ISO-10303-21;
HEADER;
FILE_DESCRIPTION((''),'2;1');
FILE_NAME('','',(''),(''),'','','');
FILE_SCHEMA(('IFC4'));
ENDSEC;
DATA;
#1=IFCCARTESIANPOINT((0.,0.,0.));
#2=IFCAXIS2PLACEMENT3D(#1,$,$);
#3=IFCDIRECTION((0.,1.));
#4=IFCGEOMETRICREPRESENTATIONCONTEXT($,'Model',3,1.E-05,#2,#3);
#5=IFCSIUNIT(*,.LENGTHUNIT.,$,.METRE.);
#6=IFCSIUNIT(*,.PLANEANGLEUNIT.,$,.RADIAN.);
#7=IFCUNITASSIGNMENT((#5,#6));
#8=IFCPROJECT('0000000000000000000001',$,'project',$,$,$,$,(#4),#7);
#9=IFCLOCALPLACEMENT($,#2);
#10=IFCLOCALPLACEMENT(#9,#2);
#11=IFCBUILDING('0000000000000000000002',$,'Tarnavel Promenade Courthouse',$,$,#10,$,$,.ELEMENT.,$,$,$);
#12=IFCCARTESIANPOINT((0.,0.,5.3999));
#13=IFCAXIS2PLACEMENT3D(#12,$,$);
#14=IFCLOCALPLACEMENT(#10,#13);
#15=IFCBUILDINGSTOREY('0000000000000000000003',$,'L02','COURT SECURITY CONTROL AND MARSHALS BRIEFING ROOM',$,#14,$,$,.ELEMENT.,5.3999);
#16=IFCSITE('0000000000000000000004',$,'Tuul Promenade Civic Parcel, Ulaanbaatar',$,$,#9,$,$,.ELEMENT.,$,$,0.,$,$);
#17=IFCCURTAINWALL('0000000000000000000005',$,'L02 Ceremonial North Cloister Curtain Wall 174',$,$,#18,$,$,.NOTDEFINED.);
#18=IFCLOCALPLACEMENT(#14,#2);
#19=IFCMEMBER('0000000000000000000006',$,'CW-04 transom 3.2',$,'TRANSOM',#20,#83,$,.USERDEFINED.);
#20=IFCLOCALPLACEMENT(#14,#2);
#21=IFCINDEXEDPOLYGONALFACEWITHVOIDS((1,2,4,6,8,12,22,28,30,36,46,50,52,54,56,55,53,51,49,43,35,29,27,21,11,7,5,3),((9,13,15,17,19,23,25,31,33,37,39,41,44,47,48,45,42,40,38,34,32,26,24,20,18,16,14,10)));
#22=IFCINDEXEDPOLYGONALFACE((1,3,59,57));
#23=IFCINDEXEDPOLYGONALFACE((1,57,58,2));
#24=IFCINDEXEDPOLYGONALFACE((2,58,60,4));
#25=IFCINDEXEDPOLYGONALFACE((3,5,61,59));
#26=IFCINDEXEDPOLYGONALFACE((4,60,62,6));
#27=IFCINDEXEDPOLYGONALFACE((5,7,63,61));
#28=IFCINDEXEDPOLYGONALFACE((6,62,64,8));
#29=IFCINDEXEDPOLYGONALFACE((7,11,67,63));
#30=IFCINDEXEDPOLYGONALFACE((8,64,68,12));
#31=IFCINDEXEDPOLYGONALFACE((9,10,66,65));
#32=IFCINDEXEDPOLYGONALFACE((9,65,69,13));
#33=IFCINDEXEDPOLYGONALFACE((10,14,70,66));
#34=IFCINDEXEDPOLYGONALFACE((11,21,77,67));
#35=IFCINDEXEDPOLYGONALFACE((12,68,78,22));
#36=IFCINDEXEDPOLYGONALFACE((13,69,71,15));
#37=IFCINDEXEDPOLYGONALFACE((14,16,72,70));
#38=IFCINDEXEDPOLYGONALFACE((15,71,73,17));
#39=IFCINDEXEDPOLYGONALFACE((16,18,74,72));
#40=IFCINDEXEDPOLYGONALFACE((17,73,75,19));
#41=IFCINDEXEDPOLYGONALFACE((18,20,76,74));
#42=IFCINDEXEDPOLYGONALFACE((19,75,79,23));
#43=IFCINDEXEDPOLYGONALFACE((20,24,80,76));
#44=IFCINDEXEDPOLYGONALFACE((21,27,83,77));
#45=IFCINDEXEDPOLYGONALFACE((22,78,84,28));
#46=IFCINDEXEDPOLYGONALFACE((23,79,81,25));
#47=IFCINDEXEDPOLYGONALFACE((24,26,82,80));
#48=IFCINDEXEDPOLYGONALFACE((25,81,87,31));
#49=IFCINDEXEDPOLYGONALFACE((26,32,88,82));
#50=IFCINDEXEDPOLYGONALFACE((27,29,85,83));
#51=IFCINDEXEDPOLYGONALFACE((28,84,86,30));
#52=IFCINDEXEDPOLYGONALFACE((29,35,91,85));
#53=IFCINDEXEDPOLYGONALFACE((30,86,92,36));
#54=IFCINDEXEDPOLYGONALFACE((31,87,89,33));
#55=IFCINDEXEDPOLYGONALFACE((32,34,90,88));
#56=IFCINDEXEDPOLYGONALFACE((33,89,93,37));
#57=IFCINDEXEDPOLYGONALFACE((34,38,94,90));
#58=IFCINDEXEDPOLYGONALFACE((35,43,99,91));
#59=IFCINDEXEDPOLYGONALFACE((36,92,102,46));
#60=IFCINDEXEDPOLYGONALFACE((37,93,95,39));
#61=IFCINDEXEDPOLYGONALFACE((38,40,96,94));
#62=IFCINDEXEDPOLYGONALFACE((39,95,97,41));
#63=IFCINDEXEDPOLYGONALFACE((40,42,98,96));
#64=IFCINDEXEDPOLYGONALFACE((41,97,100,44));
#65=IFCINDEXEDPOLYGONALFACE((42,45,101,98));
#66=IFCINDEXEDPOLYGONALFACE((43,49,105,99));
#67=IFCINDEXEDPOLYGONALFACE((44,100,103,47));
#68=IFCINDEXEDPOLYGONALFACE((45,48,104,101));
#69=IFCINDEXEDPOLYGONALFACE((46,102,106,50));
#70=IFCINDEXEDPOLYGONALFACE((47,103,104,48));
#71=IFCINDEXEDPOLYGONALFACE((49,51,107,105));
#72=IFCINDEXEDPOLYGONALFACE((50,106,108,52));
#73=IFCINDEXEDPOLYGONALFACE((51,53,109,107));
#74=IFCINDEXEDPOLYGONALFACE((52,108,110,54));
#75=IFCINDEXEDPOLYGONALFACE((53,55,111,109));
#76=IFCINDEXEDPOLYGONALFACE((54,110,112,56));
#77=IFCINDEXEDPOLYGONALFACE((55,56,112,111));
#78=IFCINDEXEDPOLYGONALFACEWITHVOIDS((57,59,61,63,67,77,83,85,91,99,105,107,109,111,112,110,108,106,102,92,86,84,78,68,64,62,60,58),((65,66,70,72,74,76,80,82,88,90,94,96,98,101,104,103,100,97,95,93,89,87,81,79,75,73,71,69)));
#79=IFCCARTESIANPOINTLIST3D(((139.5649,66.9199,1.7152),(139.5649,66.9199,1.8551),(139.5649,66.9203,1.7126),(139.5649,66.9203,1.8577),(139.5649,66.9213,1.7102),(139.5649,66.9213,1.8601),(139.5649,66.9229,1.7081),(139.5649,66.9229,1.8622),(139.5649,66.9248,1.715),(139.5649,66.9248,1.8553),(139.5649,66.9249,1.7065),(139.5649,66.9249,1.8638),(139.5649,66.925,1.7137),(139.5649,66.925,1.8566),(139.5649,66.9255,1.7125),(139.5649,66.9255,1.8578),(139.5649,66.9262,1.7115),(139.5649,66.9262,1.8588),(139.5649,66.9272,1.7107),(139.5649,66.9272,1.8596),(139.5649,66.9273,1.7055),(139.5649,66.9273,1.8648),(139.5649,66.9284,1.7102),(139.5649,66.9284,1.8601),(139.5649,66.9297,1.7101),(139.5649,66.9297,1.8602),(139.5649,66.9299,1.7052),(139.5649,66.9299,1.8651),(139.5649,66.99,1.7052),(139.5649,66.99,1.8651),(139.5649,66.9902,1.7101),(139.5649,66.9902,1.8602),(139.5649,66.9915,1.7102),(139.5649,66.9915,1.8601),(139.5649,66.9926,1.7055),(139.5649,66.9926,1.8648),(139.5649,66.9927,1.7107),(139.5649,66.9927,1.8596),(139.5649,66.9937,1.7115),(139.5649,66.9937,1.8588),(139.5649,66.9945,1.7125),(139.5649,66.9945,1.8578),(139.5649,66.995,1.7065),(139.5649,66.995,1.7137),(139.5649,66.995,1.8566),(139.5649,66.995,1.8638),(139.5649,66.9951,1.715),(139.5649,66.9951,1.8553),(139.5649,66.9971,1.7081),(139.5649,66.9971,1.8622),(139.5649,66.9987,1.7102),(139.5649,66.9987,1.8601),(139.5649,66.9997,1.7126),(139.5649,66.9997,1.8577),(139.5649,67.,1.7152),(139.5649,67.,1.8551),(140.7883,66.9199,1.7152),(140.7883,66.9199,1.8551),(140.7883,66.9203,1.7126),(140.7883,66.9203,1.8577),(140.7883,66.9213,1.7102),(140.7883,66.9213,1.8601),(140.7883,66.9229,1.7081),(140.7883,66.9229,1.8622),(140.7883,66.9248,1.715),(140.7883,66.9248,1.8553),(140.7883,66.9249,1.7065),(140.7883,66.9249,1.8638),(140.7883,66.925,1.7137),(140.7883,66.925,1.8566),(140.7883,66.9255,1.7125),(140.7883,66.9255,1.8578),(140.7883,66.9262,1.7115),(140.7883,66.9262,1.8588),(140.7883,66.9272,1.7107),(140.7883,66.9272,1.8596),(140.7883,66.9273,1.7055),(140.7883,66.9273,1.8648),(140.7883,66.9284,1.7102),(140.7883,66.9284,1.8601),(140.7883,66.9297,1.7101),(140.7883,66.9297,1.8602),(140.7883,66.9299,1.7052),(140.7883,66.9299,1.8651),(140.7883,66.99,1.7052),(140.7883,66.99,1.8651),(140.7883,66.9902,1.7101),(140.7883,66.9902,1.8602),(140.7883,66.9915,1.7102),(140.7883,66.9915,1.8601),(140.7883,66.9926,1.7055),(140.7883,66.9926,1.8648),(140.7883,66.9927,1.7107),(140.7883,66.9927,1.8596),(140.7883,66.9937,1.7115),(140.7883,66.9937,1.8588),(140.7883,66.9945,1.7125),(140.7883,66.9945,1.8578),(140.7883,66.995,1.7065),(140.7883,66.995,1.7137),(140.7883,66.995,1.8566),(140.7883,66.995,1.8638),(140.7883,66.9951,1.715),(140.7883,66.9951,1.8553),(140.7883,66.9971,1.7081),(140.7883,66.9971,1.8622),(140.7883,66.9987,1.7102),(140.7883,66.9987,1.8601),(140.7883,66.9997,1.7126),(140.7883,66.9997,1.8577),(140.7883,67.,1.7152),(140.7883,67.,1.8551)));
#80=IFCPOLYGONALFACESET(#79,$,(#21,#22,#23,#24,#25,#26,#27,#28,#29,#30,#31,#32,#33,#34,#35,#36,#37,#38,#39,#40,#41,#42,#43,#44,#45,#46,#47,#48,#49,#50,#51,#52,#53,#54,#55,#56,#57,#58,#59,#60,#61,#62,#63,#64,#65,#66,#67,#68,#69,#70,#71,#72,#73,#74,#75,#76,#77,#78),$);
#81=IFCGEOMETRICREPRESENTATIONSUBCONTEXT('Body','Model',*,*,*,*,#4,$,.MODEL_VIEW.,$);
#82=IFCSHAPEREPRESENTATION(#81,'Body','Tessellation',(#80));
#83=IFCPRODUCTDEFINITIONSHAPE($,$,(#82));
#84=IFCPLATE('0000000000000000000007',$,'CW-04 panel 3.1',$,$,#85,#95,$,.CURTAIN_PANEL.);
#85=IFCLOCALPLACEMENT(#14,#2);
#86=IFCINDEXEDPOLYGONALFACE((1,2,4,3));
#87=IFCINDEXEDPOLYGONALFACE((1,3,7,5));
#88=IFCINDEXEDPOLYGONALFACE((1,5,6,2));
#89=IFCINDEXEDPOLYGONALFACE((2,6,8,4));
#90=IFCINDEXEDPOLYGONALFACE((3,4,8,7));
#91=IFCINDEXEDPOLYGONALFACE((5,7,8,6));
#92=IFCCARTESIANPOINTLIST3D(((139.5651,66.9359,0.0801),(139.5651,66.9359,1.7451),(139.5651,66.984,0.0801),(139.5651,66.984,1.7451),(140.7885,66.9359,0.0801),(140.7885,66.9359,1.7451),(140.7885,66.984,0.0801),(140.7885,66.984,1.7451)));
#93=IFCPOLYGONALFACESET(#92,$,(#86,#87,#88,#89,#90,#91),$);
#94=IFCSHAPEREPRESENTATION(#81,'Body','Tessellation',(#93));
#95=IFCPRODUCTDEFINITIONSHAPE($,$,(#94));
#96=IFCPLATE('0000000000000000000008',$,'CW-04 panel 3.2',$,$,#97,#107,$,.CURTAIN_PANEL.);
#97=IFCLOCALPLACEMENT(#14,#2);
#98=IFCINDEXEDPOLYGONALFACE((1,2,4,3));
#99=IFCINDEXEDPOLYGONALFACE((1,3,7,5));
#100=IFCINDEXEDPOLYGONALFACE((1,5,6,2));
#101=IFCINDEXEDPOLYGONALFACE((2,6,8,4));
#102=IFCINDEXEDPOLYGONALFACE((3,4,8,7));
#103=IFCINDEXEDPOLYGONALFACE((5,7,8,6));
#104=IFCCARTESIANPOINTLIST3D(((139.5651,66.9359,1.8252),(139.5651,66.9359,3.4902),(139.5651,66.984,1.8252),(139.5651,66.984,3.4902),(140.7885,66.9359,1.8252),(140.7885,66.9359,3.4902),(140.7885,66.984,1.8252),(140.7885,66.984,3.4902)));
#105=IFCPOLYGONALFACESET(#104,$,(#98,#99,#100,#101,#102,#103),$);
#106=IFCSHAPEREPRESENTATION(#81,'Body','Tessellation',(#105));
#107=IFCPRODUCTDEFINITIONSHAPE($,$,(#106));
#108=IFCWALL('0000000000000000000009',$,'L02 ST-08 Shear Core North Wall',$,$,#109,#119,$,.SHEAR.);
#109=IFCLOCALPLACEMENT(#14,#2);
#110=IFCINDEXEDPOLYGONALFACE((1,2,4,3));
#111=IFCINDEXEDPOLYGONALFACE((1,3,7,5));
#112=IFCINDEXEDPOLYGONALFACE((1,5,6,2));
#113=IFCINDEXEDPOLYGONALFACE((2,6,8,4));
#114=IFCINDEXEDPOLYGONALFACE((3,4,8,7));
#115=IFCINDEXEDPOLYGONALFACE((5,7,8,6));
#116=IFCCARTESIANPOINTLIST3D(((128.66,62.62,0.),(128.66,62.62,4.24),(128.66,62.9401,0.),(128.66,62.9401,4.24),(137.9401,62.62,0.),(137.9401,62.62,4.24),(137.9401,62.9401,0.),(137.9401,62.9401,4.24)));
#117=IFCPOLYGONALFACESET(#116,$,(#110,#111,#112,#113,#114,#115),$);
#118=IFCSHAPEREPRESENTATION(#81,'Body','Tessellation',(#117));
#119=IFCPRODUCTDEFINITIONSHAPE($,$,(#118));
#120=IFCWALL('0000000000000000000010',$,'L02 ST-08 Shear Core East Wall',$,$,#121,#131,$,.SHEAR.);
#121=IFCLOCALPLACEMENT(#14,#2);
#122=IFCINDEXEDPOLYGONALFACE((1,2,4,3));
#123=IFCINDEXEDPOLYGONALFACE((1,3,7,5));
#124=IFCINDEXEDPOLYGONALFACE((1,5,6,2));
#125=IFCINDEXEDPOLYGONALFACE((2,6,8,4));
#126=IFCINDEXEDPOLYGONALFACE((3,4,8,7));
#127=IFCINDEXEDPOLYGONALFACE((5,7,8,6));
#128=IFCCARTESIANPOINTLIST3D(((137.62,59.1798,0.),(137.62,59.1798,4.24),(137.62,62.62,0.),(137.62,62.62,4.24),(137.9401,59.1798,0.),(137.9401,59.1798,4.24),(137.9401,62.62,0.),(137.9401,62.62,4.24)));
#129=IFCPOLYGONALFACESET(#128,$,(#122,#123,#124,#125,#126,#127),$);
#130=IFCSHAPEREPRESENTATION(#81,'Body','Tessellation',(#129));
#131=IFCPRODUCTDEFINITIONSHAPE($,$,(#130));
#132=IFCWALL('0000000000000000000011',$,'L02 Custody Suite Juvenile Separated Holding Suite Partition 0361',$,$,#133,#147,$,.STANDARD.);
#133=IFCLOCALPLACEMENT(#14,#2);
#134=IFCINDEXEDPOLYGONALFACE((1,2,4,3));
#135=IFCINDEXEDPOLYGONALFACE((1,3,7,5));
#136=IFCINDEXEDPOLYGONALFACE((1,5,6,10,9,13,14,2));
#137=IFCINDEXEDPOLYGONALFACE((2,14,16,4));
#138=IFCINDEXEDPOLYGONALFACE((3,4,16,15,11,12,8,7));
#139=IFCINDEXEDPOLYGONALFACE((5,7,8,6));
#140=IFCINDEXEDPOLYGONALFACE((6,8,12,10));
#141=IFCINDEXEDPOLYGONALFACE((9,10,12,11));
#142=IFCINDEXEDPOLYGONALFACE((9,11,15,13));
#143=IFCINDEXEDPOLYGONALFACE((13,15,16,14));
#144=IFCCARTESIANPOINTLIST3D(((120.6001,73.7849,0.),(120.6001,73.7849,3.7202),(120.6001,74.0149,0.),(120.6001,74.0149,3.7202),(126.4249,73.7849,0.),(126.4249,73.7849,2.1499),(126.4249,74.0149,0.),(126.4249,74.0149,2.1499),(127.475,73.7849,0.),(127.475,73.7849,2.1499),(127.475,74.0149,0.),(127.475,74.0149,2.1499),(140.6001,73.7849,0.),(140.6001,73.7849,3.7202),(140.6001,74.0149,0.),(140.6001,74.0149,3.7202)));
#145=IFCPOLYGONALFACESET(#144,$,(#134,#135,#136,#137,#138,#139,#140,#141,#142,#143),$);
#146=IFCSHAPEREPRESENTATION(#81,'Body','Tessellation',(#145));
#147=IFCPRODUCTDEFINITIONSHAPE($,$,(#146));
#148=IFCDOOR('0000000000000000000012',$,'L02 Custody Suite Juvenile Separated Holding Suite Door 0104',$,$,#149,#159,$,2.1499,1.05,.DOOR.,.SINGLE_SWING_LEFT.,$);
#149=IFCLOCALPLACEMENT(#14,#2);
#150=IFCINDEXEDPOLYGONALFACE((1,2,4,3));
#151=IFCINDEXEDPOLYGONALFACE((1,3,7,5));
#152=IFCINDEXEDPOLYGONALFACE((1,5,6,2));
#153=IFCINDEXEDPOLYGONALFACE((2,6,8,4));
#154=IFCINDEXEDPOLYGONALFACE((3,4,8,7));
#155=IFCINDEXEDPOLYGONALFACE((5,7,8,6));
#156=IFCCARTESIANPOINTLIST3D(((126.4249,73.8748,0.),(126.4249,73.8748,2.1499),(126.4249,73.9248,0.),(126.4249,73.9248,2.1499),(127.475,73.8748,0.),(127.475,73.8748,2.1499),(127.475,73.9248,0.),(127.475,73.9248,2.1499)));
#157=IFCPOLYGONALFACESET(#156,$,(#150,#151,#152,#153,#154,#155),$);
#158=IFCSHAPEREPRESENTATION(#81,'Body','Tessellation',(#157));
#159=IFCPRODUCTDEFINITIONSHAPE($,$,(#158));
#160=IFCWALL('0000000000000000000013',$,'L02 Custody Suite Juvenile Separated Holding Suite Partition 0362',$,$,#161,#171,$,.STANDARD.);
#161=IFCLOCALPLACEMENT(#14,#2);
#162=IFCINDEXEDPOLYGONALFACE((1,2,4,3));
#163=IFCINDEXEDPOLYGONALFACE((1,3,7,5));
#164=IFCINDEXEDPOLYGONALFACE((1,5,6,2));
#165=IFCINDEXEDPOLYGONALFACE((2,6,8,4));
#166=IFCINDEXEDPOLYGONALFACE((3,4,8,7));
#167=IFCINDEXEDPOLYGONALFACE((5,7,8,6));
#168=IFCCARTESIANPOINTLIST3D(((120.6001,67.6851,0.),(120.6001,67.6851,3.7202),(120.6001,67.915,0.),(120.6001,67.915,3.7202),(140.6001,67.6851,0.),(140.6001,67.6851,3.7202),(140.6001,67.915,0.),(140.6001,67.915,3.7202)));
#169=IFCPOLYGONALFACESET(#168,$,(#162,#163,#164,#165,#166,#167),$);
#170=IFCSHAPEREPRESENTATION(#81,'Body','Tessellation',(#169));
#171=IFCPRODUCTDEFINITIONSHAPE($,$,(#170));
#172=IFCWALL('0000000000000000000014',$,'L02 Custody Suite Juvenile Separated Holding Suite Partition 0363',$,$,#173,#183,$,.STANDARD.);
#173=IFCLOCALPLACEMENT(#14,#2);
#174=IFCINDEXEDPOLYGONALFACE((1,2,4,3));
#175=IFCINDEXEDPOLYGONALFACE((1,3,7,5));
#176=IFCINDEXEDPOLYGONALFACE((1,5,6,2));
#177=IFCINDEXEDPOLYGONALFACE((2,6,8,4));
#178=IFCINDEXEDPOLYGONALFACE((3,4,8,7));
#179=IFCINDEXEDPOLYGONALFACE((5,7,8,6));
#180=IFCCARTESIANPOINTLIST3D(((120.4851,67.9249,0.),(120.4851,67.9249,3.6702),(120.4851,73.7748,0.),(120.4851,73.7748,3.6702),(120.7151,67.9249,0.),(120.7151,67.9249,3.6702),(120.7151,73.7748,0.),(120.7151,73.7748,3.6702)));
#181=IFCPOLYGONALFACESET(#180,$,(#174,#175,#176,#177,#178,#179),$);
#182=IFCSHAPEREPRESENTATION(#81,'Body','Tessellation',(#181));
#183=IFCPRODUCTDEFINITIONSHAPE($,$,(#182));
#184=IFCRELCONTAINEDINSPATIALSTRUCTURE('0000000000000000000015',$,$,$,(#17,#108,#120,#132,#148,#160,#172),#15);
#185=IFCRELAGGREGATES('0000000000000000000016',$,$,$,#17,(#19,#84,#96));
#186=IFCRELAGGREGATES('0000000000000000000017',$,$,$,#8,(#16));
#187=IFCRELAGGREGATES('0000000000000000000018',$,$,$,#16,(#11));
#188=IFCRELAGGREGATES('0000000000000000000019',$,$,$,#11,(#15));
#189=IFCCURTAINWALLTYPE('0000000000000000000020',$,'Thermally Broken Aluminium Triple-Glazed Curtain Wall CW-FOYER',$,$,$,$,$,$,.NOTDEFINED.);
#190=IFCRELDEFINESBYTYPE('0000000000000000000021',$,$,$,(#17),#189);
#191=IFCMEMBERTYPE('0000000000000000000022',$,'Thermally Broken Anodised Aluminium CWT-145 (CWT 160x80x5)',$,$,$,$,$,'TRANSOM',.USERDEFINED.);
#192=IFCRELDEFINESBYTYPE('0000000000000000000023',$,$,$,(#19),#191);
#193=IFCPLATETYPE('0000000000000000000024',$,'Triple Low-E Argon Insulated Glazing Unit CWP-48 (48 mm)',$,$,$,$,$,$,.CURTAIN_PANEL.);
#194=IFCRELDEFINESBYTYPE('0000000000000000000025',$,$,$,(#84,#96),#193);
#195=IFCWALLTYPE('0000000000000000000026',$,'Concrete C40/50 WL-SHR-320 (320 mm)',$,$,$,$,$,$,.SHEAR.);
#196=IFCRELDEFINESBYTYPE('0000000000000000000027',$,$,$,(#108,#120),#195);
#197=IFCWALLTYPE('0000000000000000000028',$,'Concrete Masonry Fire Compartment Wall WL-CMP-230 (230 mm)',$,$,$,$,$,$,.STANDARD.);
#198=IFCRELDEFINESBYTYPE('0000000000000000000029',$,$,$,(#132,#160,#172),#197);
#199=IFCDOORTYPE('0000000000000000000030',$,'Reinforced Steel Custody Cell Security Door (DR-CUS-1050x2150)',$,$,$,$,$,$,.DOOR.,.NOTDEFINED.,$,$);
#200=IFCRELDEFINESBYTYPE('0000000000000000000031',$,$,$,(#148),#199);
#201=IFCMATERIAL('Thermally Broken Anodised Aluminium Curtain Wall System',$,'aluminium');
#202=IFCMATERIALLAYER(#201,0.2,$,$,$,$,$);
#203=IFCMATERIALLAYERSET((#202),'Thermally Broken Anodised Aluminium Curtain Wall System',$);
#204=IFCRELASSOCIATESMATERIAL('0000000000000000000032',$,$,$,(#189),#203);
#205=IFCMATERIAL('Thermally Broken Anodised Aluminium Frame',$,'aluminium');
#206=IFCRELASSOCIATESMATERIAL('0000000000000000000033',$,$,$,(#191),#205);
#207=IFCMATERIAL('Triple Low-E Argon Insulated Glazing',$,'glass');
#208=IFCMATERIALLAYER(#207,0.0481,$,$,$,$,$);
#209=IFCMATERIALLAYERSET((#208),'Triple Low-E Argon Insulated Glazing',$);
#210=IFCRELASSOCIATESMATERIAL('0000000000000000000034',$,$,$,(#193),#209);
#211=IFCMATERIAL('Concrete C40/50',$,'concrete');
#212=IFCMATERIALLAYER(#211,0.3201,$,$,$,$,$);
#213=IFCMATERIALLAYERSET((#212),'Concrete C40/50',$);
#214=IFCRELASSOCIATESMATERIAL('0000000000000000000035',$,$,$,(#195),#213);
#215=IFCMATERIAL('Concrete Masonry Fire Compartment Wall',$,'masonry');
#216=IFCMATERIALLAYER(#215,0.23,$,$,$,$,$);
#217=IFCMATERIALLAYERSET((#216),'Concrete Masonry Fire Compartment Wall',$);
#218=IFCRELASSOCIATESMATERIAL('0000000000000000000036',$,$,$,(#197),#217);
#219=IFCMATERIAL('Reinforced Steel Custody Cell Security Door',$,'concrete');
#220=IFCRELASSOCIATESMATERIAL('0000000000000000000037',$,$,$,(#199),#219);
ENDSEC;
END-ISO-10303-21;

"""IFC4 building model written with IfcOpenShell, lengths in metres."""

from ifc_helpers import new_model, si_unit, direction, frame, frame_2d, origin, origin_2d, place, context, subcontext, project, spatial, rectangle, hollow_rectangle, extrude, material, layer, layer_set, material_profile, profile_set, type_object, element, fill, aggregate, save


model = new_model("IFC4")

# Units and contexts
model_context = context("Model", 3, precision=1e-05, world=origin(), true_north=direction((0.0, 1.0)))
body_context = subcontext(model_context, "Body", "Model", "MODEL_VIEW")
ifc_project = project(units=[si_unit("LENGTHUNIT", "METRE"), si_unit("PLANEANGLEUNIT", "RADIAN")], contexts=[model_context])

# Site, building, storey
site_placement = place(None, origin())
site = spatial("IfcSite", under=ifc_project, at=site_placement, Name="Tuul Promenade Civic Parcel, Ulaanbaatar", CompositionType="ELEMENT", RefElevation=0.0)
building_placement = place(site_placement, origin())
building = spatial("IfcBuilding", under=site, at=building_placement, Name="Tarnavel Promenade Courthouse", CompositionType="ELEMENT")
storey_placement = place(building_placement, frame((0.0, 0.0, 5.3999)))
storey = spatial("IfcBuildingStorey", under=building, at=storey_placement, Name="L02", Description="COURT SECURITY CONTROL AND MARSHALS BRIEFING ROOM", CompositionType="ELEMENT", Elevation=5.3999)

# Shared definitions
ifc_material_1 = material(Name="Concrete C40/50", Category="concrete")

# Shared definitions
ifc_material_2 = material(Name="Thermally Broken Anodised Aluminium Curtain Wall System", Category="aluminium")
ifc_material_3 = material(Name="Thermally Broken Anodised Aluminium Frame", Category="aluminium")

# Curtain wall, member, plates
ifc_layer_1 = layer(ifc_material_2, 0.2)
ifc_layer_set_1 = layer_set([ifc_layer_1], Name="Thermally Broken Anodised Aluminium Curtain Wall System")
curtain_wall_type_1 = type_object("IfcCurtainWallType", Name="Thermally Broken Aluminium Triple-Glazed Curtain Wall CW-FOYER", PredefinedType="NOTDEFINED", material=ifc_layer_set_1)
curtain_wall_1_placement = place(storey_placement, origin())
curtain_wall_1 = element("IfcCurtainWall", 1, at=curtain_wall_1_placement, inside=storey, type_object=curtain_wall_type_1, Name="L02 Ceremonial North Cloister Curtain Wall 174", PredefinedType="NOTDEFINED")
ifc_material_profile_1 = material_profile(ifc_material_3, hollow_rectangle(XDim=0.0801, YDim=0.1599, WallThickness=0.0049, InnerFilletRadius=0.0049, OuterFilletRadius=0.01, at=origin_2d()), Name="CWT 160x80x5")
ifc_profile_set_1 = profile_set([ifc_material_profile_1], Name="Thermally Broken Anodised Aluminium Frame")
member_type_1 = type_object("IfcMemberType", Name="Thermally Broken Anodised Aluminium CWT-145 (CWT 160x80x5)", ElementType="TRANSOM", PredefinedType="USERDEFINED", material=ifc_profile_set_1)
member_1_placement = place(storey_placement, frame((140.7883, 66.96, 1.7852), z_axis=(-1.0, 0.0, 0.0), x_axis=(0.0, -1.0, 0.0)))
member_1 = element("IfcMember", 2, at=member_1_placement, type_object=member_type_1, Name="CW-04 transom 3.2", ObjectType="TRANSOM", PredefinedType="USERDEFINED", context=body_context, shape_type="SweptSolid", body=[
    extrude(hollow_rectangle(XDim=0.0801, YDim=0.1599, WallThickness=0.0049, InnerFilletRadius=0.0049, OuterFilletRadius=0.01, at=origin_2d()), origin(), (0.0, 0.0, 1.0), 1.2234),
])
ifc_material_4 = material(Name="Triple Low-E Argon Insulated Glazing", Category="glass")
ifc_layer_2 = layer(ifc_material_4, 0.0481)
ifc_layer_set_2 = layer_set([ifc_layer_2], Name="Triple Low-E Argon Insulated Glazing")
plate_type = type_object("IfcPlateType", Name="Triple Low-E Argon Insulated Glazing Unit CWP-48 (48 mm)", PredefinedType="CURTAIN_PANEL", material=ifc_layer_set_2)
plate_1_placement = place(storey_placement, frame((140.1768, 66.96, 0.0801), z_axis=(0.0, 0.0, 1.0), x_axis=(-1.0, 0.0, 0.0)))
plate_1 = element("IfcPlate", 3, at=plate_1_placement, type_object=plate_type, Name="CW-04 panel 3.1", PredefinedType="CURTAIN_PANEL", context=body_context, shape_type="SweptSolid", body=[
    extrude(rectangle(XDim=1.2234, YDim=0.0481, at=origin_2d()), origin(), (0.0, 0.0, 1.0), 1.665),
])
plate_2_placement = place(storey_placement, frame((140.1768, 66.96, 1.8252), z_axis=(0.0, 0.0, 1.0), x_axis=(-1.0, 0.0, 0.0)))
plate_2 = element("IfcPlate", 4, at=plate_2_placement, type_object=plate_type, Name="CW-04 panel 3.2", PredefinedType="CURTAIN_PANEL", context=body_context, shape_type="SweptSolid", body=[
    extrude(rectangle(XDim=1.2234, YDim=0.0481, at=origin_2d()), origin(), (0.0, 0.0, 1.0), 1.665),
])
aggregate(curtain_wall_1, [member_1, plate_1, plate_2])

# Walls
ifc_layer_3 = layer(ifc_material_1, 0.3201)
ifc_layer_set_3 = layer_set([ifc_layer_3], Name="Concrete C40/50")
wall_type_1 = type_object("IfcWallType", Name="Concrete C40/50 WL-SHR-320 (320 mm)", PredefinedType="SHEAR", material=ifc_layer_set_3)
wall_1_placement = place(storey_placement, frame((128.6599, 62.78, 0.0), z_axis=(0.0, 0.0, 1.0), x_axis=(1.0, 0.0, 0.0)))
element("IfcWall", 5, at=wall_1_placement, inside=storey, type_object=wall_type_1, Name="L02 ST-08 Shear Core North Wall", PredefinedType="SHEAR", context=body_context, shape_type="SweptSolid", body=[
    extrude(rectangle(XDim=9.28, YDim=0.3201, at=frame_2d((4.6401, 0.0))), origin(), (0.0, 0.0, 1.0), 4.24),
])
wall_2_placement = place(storey_placement, frame((137.78, 62.6201, 0.0), z_axis=(0.0, 0.0, 1.0), x_axis=(0.0, -1.0, 0.0)))
element("IfcWall", 6, at=wall_2_placement, inside=storey, type_object=wall_type_1, Name="L02 ST-08 Shear Core East Wall", PredefinedType="SHEAR", context=body_context, shape_type="SweptSolid", body=[
    extrude(rectangle(XDim=3.4402, YDim=0.3201, at=frame_2d((1.7202, 0.0))), origin(), (0.0, 0.0, 1.0), 4.24),
])

# Wall, opening, door
ifc_material_5 = material(Name="Concrete Masonry Fire Compartment Wall", Category="masonry")
ifc_layer_4 = layer(ifc_material_5, 0.23)
ifc_layer_set_4 = layer_set([ifc_layer_4], Name="Concrete Masonry Fire Compartment Wall")
wall_type_2 = type_object("IfcWallType", Name="Concrete Masonry Fire Compartment Wall WL-CMP-230 (230 mm)", PredefinedType="STANDARD", material=ifc_layer_set_4)
wall_3_placement = place(storey_placement, frame((120.6001, 73.8999, 0.0), z_axis=(0.0, 0.0, 1.0), x_axis=(1.0, 0.0, 0.0)))
wall_3 = element("IfcWall", 7, at=wall_3_placement, inside=storey, type_object=wall_type_2, Name="L02 Custody Suite Juvenile Separated Holding Suite Partition 0361", PredefinedType="STANDARD", context=body_context, shape_type="SweptSolid", body=[
    extrude(rectangle(XDim=20.0, YDim=0.23, at=frame_2d((10.0, 0.0))), origin(), (0.0, 0.0, 1.0), 3.7202),
])
opening_1_placement = place(wall_3_placement, frame((5.825, 0.0, 0.0)))
opening_1 = element("IfcOpeningElement", 8, at=opening_1_placement, cuts=wall_3, PredefinedType="OPENING", context=body_context, shape_type="SweptSolid", body=[
    extrude(rectangle(XDim=1.05, YDim=2.1499, at=frame_2d((0.5249, 1.075))), frame((0.0, 0.125, 0.0), z_axis=(0.0, -1.0, 0.0), x_axis=(1.0, 0.0, 0.0)), (0.0, 0.0, 1.0), 0.25),
])
ifc_material_6 = material(Name="Reinforced Steel Custody Cell Security Door", Category="concrete")
door_type_1 = type_object("IfcDoorType", Name="Reinforced Steel Custody Cell Security Door (DR-CUS-1050x2150)", OperationType="NOTDEFINED", PredefinedType="DOOR", material=ifc_material_6)
door_1_placement = place(opening_1_placement, origin())
door_1 = element("IfcDoor", 9, at=door_1_placement, inside=storey, type_object=door_type_1, Name="L02 Custody Suite Juvenile Separated Holding Suite Door 0104", OperationType="SINGLE_SWING_LEFT", OverallHeight=2.1499, OverallWidth=1.05, PredefinedType="DOOR", context=body_context, shape_type="SweptSolid", body=[
    extrude(rectangle(XDim=1.05, YDim=2.1499, at=frame_2d((0.5249, 1.075))), frame((0.0, 0.0249, 0.0), z_axis=(0.0, -1.0, 0.0), x_axis=(1.0, 0.0, 0.0)), (0.0, 0.0, 1.0), 0.05),
])
fill(opening_1, door_1)

# Walls
wall_4_placement = place(storey_placement, frame((140.6001, 67.8, 0.0), z_axis=(0.0, 0.0, 1.0), x_axis=(-1.0, 0.0, 0.0)))
element("IfcWall", 10, at=wall_4_placement, inside=storey, type_object=wall_type_2, Name="L02 Custody Suite Juvenile Separated Holding Suite Partition 0362", PredefinedType="STANDARD", context=body_context, shape_type="SweptSolid", body=[
    extrude(rectangle(XDim=20.0, YDim=0.23, at=frame_2d((10.0, 0.0))), origin(), (0.0, 0.0, 1.0), 3.7202),
])
wall_5_placement = place(storey_placement, frame((120.6001, 67.925, 0.0), z_axis=(0.0, 0.0, 1.0), x_axis=(0.0, 1.0, 0.0)))
element("IfcWall", 11, at=wall_5_placement, inside=storey, type_object=wall_type_2, Name="L02 Custody Suite Juvenile Separated Holding Suite Partition 0363", PredefinedType="STANDARD", context=body_context, shape_type="SweptSolid", body=[
    extrude(rectangle(XDim=5.8499, YDim=0.23, at=frame_2d((2.9248, 0.0))), origin(), (0.0, 0.0, 1.0), 3.6702),
])

save(model, "model.ifc")
